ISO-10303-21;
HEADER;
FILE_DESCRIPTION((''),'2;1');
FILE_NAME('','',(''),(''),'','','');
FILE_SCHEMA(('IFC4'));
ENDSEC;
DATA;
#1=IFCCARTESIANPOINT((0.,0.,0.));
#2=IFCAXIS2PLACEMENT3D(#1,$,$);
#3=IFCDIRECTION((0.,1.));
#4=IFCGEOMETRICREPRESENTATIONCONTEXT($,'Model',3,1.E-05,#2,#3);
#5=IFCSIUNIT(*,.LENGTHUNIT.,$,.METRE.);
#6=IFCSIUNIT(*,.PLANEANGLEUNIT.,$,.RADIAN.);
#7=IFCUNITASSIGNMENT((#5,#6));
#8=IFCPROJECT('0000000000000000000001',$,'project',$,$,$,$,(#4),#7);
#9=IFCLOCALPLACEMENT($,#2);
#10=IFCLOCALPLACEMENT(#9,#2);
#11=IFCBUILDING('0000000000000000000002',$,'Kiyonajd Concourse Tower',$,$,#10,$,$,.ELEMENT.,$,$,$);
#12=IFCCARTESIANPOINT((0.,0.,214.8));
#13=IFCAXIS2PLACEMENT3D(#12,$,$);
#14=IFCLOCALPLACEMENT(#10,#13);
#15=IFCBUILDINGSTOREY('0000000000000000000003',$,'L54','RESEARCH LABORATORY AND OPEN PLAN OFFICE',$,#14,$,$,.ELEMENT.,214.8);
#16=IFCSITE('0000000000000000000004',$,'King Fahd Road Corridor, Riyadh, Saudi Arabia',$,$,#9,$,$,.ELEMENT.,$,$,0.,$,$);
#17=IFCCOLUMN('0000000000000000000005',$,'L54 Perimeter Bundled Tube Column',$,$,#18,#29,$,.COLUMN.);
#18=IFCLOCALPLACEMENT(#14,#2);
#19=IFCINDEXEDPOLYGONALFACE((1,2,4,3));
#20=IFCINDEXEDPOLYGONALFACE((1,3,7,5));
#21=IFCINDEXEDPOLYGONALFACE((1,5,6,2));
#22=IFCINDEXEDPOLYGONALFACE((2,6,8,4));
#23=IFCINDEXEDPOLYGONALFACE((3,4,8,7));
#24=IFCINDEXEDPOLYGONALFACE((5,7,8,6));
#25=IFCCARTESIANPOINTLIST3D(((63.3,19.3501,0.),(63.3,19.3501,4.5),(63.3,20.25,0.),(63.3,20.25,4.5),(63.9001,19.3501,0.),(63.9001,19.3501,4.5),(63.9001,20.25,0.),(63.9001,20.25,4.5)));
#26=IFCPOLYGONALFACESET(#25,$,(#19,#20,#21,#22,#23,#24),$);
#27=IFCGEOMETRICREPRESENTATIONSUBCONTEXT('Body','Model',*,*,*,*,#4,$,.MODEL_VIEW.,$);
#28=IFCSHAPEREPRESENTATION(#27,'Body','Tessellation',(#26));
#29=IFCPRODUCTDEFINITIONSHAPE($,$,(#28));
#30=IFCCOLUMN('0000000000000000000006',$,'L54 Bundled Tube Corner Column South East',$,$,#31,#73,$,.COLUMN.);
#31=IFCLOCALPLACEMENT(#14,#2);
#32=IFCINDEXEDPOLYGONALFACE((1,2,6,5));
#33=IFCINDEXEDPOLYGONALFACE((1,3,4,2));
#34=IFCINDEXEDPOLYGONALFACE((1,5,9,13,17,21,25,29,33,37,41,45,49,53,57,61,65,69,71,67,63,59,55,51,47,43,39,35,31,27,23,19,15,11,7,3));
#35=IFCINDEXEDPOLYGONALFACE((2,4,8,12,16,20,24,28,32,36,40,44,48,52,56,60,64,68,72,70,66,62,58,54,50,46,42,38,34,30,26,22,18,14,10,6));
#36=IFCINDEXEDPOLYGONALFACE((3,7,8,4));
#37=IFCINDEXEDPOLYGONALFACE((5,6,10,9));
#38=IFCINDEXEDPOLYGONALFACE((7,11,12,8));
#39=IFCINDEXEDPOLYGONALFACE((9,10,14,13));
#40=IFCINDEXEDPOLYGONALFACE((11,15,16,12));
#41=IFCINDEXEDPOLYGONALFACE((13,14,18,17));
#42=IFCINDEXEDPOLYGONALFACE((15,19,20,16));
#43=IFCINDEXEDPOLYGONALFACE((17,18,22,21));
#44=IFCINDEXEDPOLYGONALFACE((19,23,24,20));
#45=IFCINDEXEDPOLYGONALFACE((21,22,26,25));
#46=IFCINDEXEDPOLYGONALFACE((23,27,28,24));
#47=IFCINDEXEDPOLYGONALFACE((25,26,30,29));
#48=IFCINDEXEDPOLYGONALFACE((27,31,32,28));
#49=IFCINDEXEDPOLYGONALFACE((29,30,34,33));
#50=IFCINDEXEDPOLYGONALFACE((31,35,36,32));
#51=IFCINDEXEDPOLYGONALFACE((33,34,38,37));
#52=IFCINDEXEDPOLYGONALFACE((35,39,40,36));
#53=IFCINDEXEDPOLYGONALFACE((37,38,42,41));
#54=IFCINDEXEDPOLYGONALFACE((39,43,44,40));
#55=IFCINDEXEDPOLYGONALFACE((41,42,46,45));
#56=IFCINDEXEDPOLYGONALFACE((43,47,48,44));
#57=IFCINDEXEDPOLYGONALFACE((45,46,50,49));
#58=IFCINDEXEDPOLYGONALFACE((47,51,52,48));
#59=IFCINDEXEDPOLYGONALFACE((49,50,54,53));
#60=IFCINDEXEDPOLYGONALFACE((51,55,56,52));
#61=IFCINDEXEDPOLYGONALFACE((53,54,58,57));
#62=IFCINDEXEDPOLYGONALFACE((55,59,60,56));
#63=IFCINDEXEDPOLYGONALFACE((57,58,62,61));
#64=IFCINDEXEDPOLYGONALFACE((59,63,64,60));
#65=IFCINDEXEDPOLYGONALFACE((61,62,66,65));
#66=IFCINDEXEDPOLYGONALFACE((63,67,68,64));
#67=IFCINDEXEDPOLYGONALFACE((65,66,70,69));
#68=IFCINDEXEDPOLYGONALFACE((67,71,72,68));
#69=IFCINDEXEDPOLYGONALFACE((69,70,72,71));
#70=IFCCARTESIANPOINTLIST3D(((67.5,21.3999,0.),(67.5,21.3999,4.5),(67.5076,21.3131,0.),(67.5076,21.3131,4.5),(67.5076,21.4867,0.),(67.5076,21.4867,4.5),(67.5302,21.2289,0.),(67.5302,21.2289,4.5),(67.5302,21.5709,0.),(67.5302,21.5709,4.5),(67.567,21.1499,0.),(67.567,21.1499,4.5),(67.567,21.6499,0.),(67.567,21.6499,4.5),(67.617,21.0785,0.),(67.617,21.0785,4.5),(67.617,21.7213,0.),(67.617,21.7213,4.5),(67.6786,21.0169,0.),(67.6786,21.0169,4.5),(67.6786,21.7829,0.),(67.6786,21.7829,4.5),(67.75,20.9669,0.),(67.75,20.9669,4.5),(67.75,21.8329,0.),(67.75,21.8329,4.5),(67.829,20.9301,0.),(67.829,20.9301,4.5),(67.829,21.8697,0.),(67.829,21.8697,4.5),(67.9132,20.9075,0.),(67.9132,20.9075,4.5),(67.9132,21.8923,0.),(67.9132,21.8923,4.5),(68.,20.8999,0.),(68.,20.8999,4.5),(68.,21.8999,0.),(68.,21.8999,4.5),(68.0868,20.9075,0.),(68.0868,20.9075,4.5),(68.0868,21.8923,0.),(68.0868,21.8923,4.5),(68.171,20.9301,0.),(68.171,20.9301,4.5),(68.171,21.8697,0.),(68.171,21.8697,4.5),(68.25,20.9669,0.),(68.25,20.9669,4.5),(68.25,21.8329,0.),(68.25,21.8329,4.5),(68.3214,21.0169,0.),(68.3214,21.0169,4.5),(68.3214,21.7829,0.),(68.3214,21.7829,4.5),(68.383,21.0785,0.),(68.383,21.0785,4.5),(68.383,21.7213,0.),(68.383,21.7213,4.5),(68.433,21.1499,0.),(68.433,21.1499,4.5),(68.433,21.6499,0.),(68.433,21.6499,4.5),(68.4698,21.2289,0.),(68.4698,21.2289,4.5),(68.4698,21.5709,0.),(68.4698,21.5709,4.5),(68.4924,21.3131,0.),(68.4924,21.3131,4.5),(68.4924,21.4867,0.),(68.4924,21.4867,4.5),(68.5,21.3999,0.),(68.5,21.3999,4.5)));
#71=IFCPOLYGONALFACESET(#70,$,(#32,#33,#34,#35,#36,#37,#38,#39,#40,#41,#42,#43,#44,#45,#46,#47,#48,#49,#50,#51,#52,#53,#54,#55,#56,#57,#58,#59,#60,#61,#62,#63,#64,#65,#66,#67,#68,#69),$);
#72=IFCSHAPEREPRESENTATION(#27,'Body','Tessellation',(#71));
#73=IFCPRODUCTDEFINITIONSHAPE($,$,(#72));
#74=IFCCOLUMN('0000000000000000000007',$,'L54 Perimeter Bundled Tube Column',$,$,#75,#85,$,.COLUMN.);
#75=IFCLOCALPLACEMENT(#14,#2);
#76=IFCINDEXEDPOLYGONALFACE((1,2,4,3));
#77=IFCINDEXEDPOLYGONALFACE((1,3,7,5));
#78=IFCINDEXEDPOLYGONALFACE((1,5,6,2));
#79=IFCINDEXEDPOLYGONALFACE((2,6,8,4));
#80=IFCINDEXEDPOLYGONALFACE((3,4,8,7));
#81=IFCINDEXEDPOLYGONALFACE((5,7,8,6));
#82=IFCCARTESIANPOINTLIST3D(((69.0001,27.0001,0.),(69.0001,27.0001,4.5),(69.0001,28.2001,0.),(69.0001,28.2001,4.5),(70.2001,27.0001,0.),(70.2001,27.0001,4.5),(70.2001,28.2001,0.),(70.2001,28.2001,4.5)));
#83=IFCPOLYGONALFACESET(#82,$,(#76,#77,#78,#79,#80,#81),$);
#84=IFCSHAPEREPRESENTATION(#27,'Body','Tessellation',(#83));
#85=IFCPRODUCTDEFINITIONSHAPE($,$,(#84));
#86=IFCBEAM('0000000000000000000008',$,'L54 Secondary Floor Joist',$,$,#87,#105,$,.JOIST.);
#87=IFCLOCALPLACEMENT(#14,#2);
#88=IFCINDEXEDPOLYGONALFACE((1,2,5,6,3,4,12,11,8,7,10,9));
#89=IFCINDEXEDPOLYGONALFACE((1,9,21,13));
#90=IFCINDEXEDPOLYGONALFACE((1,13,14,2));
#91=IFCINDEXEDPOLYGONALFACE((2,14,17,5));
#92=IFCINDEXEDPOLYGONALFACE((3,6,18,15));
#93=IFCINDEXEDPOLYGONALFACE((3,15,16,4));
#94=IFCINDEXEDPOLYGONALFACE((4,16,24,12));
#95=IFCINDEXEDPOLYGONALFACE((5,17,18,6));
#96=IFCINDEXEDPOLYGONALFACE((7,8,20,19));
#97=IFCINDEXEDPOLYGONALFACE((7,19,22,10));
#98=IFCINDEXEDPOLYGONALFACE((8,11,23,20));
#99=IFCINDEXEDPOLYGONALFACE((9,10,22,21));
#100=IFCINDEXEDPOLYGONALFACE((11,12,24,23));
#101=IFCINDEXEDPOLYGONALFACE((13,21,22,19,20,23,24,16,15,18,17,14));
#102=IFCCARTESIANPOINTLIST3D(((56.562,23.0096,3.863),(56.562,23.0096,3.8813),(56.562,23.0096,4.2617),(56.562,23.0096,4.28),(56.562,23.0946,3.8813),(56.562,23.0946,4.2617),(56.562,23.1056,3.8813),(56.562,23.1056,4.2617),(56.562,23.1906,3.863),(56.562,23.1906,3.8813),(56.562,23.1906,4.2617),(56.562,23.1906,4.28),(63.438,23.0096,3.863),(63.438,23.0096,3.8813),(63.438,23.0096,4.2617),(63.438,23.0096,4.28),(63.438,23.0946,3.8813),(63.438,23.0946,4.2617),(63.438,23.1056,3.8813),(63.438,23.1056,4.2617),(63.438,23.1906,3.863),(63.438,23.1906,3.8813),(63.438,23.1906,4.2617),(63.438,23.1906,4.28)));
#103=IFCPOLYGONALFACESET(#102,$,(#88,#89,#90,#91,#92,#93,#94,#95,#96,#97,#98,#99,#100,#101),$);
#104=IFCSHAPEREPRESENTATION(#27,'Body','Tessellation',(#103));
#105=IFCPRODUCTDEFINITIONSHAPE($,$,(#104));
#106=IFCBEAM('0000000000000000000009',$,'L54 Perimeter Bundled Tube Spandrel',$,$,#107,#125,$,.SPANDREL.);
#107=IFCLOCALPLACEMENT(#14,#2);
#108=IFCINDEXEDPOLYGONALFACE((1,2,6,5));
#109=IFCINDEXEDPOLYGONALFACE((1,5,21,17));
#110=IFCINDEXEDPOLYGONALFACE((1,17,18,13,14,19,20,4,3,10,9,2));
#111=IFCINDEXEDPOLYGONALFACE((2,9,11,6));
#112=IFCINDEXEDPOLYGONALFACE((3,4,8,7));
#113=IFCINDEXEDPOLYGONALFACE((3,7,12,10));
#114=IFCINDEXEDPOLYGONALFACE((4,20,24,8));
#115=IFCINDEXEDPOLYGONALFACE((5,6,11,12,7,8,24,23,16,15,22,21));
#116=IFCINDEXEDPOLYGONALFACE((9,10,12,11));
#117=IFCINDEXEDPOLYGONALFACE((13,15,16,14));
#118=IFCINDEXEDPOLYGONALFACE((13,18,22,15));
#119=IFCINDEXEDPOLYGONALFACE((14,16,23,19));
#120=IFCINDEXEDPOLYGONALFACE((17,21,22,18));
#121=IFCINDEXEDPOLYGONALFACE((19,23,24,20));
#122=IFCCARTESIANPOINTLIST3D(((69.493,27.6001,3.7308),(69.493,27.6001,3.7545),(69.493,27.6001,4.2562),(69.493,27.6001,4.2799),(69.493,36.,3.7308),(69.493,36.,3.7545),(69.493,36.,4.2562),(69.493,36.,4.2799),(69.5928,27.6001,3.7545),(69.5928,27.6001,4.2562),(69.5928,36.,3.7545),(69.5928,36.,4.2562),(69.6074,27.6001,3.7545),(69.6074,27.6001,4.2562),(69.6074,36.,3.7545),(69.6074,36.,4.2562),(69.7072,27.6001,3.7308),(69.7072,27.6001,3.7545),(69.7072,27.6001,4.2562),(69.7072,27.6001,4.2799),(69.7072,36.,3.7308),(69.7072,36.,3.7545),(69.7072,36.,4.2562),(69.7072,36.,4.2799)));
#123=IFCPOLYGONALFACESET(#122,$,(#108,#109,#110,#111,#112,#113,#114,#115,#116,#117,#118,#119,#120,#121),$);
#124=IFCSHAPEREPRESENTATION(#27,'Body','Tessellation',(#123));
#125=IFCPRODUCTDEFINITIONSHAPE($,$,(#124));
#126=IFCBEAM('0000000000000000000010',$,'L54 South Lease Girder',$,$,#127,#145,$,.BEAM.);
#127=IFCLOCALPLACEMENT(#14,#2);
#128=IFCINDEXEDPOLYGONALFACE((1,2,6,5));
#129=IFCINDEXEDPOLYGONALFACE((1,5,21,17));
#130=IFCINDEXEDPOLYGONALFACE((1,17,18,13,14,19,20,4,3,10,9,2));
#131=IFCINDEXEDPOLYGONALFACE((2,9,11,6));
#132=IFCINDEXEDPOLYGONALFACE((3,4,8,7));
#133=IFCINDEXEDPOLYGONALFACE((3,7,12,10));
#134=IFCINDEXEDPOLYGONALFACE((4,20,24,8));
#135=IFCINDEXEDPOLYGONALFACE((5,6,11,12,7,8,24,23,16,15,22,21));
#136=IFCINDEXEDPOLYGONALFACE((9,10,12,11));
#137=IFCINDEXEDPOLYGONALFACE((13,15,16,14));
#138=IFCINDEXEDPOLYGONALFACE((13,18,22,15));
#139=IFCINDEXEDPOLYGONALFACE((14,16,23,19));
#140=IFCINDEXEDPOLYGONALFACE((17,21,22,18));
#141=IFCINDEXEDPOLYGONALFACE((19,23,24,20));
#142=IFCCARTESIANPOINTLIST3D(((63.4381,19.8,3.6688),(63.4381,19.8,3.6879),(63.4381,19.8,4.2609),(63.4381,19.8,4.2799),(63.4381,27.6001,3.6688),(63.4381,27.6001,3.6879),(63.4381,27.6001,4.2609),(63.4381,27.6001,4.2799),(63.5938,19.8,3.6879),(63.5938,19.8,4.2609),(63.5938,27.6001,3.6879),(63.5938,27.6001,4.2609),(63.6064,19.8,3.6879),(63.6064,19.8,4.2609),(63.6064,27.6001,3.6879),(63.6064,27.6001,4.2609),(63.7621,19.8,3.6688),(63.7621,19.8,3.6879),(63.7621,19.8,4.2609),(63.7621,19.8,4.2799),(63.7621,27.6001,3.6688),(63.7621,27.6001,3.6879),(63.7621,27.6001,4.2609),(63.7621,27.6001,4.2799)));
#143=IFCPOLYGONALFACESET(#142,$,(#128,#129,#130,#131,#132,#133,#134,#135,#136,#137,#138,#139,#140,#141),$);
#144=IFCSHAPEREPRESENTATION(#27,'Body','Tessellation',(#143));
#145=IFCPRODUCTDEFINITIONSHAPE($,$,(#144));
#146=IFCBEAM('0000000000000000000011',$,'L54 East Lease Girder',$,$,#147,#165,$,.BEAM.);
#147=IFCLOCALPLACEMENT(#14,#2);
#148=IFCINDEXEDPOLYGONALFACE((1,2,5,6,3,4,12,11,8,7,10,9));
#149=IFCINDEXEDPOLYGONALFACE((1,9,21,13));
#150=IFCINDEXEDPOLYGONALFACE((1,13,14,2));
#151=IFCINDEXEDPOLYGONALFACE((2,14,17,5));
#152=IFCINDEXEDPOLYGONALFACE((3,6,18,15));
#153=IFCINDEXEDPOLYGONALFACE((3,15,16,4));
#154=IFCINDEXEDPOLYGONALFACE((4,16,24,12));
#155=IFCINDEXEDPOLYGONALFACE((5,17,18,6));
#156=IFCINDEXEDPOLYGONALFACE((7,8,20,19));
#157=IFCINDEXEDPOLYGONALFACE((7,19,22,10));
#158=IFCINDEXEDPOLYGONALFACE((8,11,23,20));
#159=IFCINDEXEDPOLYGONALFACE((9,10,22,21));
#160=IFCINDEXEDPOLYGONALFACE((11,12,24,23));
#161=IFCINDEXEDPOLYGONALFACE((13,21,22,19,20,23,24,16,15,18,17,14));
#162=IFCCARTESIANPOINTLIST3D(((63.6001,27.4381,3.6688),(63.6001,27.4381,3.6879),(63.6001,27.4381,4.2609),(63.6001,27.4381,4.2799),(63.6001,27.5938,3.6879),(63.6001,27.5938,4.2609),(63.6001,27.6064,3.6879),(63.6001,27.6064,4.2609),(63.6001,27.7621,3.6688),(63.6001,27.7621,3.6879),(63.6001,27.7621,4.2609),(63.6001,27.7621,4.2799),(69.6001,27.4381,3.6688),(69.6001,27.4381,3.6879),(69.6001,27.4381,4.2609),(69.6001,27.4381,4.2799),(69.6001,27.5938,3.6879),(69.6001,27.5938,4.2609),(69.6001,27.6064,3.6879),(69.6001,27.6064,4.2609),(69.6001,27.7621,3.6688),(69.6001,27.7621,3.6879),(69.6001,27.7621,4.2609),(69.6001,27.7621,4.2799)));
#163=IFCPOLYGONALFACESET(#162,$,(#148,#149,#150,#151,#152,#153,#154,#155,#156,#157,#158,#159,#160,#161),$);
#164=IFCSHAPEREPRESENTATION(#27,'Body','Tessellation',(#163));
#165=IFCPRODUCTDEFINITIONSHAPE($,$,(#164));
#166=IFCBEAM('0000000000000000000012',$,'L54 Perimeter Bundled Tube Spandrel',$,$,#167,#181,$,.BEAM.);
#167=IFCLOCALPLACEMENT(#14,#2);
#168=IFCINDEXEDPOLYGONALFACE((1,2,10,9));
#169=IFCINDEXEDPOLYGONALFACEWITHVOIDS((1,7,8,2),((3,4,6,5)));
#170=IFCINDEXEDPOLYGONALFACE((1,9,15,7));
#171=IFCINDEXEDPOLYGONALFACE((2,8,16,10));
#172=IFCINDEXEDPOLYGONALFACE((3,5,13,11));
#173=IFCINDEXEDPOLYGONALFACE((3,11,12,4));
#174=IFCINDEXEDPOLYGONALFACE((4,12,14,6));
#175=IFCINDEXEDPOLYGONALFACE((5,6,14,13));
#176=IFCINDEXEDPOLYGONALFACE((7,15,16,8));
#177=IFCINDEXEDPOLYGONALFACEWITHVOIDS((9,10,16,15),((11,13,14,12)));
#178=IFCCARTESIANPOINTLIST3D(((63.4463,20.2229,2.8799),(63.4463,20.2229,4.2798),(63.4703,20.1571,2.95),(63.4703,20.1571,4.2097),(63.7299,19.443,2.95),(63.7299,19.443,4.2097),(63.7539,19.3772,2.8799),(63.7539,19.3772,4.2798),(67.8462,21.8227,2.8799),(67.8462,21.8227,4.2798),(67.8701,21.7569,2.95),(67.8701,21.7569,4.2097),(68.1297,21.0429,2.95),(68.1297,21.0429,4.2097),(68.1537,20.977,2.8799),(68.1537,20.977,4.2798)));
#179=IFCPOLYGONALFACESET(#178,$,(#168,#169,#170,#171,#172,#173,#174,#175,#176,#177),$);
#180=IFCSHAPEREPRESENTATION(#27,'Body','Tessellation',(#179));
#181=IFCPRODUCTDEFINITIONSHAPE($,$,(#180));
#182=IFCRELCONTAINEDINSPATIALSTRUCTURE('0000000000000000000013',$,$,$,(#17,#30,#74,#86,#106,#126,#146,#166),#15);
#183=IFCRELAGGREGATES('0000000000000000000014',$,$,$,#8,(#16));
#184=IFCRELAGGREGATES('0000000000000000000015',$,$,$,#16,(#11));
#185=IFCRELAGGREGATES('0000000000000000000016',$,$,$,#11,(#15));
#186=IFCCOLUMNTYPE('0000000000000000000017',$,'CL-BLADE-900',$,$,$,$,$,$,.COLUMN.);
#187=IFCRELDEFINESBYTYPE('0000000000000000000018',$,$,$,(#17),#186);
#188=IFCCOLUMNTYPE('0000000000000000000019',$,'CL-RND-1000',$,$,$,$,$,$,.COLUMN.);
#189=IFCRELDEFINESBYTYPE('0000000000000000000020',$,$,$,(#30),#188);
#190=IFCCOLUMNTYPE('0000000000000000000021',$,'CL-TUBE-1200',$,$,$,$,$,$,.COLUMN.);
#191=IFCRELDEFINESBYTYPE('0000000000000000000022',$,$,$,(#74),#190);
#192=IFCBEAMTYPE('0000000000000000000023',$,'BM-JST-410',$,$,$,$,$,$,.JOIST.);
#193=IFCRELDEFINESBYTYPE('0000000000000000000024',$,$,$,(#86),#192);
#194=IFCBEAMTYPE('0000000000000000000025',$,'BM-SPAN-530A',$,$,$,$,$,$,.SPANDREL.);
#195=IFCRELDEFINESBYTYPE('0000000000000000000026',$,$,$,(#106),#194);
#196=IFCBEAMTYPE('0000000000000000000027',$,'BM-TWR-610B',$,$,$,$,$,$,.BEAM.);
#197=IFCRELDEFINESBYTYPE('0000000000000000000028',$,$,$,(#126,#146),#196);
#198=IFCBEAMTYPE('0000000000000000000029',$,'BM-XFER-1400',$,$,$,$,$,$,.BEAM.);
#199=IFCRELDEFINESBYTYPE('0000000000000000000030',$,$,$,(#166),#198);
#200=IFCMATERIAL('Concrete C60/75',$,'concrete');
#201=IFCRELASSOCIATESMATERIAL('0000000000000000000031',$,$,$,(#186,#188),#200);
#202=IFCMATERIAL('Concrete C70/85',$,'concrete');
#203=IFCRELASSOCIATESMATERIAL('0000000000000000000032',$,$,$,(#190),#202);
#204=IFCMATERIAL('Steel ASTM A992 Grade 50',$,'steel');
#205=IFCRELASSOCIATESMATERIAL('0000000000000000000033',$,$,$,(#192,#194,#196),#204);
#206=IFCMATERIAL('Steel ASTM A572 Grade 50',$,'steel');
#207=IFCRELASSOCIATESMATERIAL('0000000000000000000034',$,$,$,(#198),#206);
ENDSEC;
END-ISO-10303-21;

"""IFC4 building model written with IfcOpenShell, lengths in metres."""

from ifc_helpers import new_model, si_unit, direction, frame, origin, origin_2d, place, context, subcontext, project, spatial, rectangle, hollow_rectangle, circle, i_section, extrude, material, material_profile, profile_set, type_object, element, save


model = new_model("IFC4")

# Units and contexts
model_context = context("Model", 3, precision=1e-05, world=origin(), true_north=direction((0.0, 1.0)))
body_context = subcontext(model_context, "Body", "Model", "MODEL_VIEW")
ifc_project = project(units=[si_unit("LENGTHUNIT", "METRE"), si_unit("PLANEANGLEUNIT", "RADIAN")], contexts=[model_context])

# Site, building, storey
site_placement = place(None, origin())
site = spatial("IfcSite", under=ifc_project, at=site_placement, Name="King Fahd Road Corridor, Riyadh, Saudi Arabia", CompositionType="ELEMENT", RefElevation=0.0)
building_placement = place(site_placement, origin())
building = spatial("IfcBuilding", under=site, at=building_placement, Name="Kiyonajd Concourse Tower", CompositionType="ELEMENT")
storey_placement = place(building_placement, frame((0.0, 0.0, 214.8)))
storey = spatial("IfcBuildingStorey", under=building, at=storey_placement, Name="L54", Description="RESEARCH LABORATORY AND OPEN PLAN OFFICE", CompositionType="ELEMENT", Elevation=214.8)

# Columns
ifc_material_1 = material(Name="Concrete C60/75", Category="concrete")
ifc_material_profile_1 = material_profile(ifc_material_1, rectangle(XDim=0.6001, YDim=0.8999, at=origin_2d()), Name="RC-900x600")
ifc_profile_set_1 = profile_set([ifc_material_profile_1], Name="Concrete C60/75")
column_type_1 = type_object("IfcColumnType", Name="CL-BLADE-900", PredefinedType="COLUMN", material=ifc_profile_set_1)
column_1_placement = place(storey_placement, frame((63.6001, 19.8, 0.0), z_axis=(0.0, 0.0, 1.0), x_axis=(1.0, 0.0, 0.0)))
element("IfcColumn", 1, at=column_1_placement, inside=storey, type_object=column_type_1, Name="L54 Perimeter Bundled Tube Column", PredefinedType="COLUMN", context=body_context, shape_type="SweptSolid", body=[
    extrude(rectangle(XDim=0.6001, YDim=0.8999, at=origin_2d()), origin(), (0.0, 0.0, 1.0), 4.5),
])
ifc_material_profile_2 = material_profile(ifc_material_1, circle(Radius=0.5, at=origin_2d()), Name="RCC-D1000")
ifc_profile_set_2 = profile_set([ifc_material_profile_2], Name="Concrete C60/75")
column_type_2 = type_object("IfcColumnType", Name="CL-RND-1000", PredefinedType="COLUMN", material=ifc_profile_set_2)
column_2_placement = place(storey_placement, frame((68.0, 21.3999, 0.0), z_axis=(0.0, 0.0, 1.0), x_axis=(1.0, 0.0, 0.0)))
element("IfcColumn", 2, at=column_2_placement, inside=storey, type_object=column_type_2, Name="L54 Bundled Tube Corner Column South East", PredefinedType="COLUMN", context=body_context, shape_type="SweptSolid", body=[
    extrude(circle(Radius=0.5, at=origin_2d()), origin(), (0.0, 0.0, 1.0), 4.5),
])
ifc_material_2 = material(Name="Concrete C70/85", Category="concrete")
ifc_material_profile_3 = material_profile(ifc_material_2, rectangle(XDim=1.2, YDim=1.2, at=origin_2d()), Name="RC-1200x1200")
ifc_profile_set_3 = profile_set([ifc_material_profile_3], Name="Concrete C70/85")
column_type_3 = type_object("IfcColumnType", Name="CL-TUBE-1200", PredefinedType="COLUMN", material=ifc_profile_set_3)
column_3_placement = place(storey_placement, frame((69.6001, 27.6001, 0.0), z_axis=(0.0, 0.0, 1.0), x_axis=(1.0, 0.0, 0.0)))
element("IfcColumn", 3, at=column_3_placement, inside=storey, type_object=column_type_3, Name="L54 Perimeter Bundled Tube Column", PredefinedType="COLUMN", context=body_context, shape_type="SweptSolid", body=[
    extrude(rectangle(XDim=1.2, YDim=1.2, at=origin_2d()), origin(), (0.0, 0.0, 1.0), 4.5),
])

# Beams
ifc_material_3 = material(Name="Steel ASTM A992 Grade 50", Category="steel")
ifc_material_profile_4 = material_profile(ifc_material_3, i_section(OverallWidth=0.1809, OverallDepth=0.417, WebThickness=0.011, FlangeThickness=0.0183, at=origin_2d()), Name="W410X85")
ifc_profile_set_4 = profile_set([ifc_material_profile_4], Name="Steel ASTM A992 Grade 50")
beam_type_1 = type_object("IfcBeamType", Name="BM-JST-410", PredefinedType="JOIST", material=ifc_profile_set_4)
beam_1_placement = place(storey_placement, frame((56.562, 23.1001, 4.0715), z_axis=(1.0, 0.0, 0.0), x_axis=(0.0, 1.0, 0.0)))
element("IfcBeam", 4, at=beam_1_placement, inside=storey, type_object=beam_type_1, Name="L54 Secondary Floor Joist", PredefinedType="JOIST", context=body_context, shape_type="SweptSolid", body=[
    extrude(i_section(OverallWidth=0.1809, OverallDepth=0.417, WebThickness=0.011, FlangeThickness=0.0183, at=origin_2d()), origin(), (0.0, 0.0, 1.0), 6.876),
])
ifc_material_profile_5 = material_profile(ifc_material_3, i_section(OverallWidth=0.2141, OverallDepth=0.5491, WebThickness=0.0146, FlangeThickness=0.0237, at=origin_2d()), Name="W530X138")
ifc_profile_set_5 = profile_set([ifc_material_profile_5], Name="Steel ASTM A992 Grade 50")
beam_type_2 = type_object("IfcBeamType", Name="BM-SPAN-530A", PredefinedType="SPANDREL", material=ifc_profile_set_5)
beam_2_placement = place(storey_placement, frame((69.6001, 27.6001, 4.0054), z_axis=(0.0, 1.0, 0.0), x_axis=(-1.0, 0.0, 0.0)))
element("IfcBeam", 5, at=beam_2_placement, inside=storey, type_object=beam_type_2, Name="L54 Perimeter Bundled Tube Spandrel", PredefinedType="SPANDREL", context=body_context, shape_type="SweptSolid", body=[
    extrude(i_section(OverallWidth=0.2141, OverallDepth=0.5491, WebThickness=0.0146, FlangeThickness=0.0237, at=origin_2d()), origin(), (0.0, 0.0, 1.0), 8.3999),
])
ifc_material_profile_6 = material_profile(ifc_material_3, i_section(OverallWidth=0.324, OverallDepth=0.6111, WebThickness=0.0127, FlangeThickness=0.019, at=origin_2d()), Name="W610X155")
ifc_profile_set_6 = profile_set([ifc_material_profile_6], Name="Steel ASTM A992 Grade 50")
beam_type_3 = type_object("IfcBeamType", Name="BM-TWR-610B", PredefinedType="BEAM", material=ifc_profile_set_6)
beam_3_placement = place(storey_placement, frame((63.6001, 19.8, 3.9744), z_axis=(0.0, 1.0, 0.0), x_axis=(-1.0, 0.0, 0.0)))
element("IfcBeam", 6, at=beam_3_placement, inside=storey, type_object=beam_type_3, Name="L54 South Lease Girder", PredefinedType="BEAM", context=body_context, shape_type="SweptSolid", body=[
    extrude(i_section(OverallWidth=0.324, OverallDepth=0.6111, WebThickness=0.0127, FlangeThickness=0.019, at=origin_2d()), origin(), (0.0, 0.0, 1.0), 7.8),
])
beam_4_placement = place(storey_placement, frame((63.6001, 27.6001, 3.9744), z_axis=(1.0, 0.0, 0.0), x_axis=(0.0, 1.0, 0.0)))
element("IfcBeam", 7, at=beam_4_placement, inside=storey, type_object=beam_type_3, Name="L54 East Lease Girder", PredefinedType="BEAM", context=body_context, shape_type="SweptSolid", body=[
    extrude(i_section(OverallWidth=0.324, OverallDepth=0.6111, WebThickness=0.0127, FlangeThickness=0.019, at=origin_2d()), origin(), (0.0, 0.0, 1.0), 6.0),
])
ifc_material_4 = material(Name="Steel ASTM A572 Grade 50", Category="steel")
ifc_material_profile_7 = material_profile(ifc_material_4, hollow_rectangle(XDim=0.8999, YDim=1.3999, WallThickness=0.0701, at=origin_2d()), Name="BOX-1400x900x70")
ifc_profile_set_7 = profile_set([ifc_material_profile_7], Name="Steel ASTM A572 Grade 50")
beam_type_4 = type_object("IfcBeamType", Name="BM-XFER-1400", PredefinedType="BEAM", material=ifc_profile_set_7)
beam_5_placement = place(storey_placement, frame((63.6001, 19.8, 3.5798), z_axis=(0.939801, 0.341722, 0.0), x_axis=(-0.341722, 0.939801, 0.0)))
element("IfcBeam", 8, at=beam_5_placement, inside=storey, type_object=beam_type_4, Name="L54 Perimeter Bundled Tube Spandrel", PredefinedType="BEAM", context=body_context, shape_type="SweptSolid", body=[
    extrude(hollow_rectangle(XDim=0.8999, YDim=1.3999, WallThickness=0.0701, at=origin_2d()), origin(), (0.0, 0.0, 1.0), 4.6816),
])

save(model, "model.ifc")
